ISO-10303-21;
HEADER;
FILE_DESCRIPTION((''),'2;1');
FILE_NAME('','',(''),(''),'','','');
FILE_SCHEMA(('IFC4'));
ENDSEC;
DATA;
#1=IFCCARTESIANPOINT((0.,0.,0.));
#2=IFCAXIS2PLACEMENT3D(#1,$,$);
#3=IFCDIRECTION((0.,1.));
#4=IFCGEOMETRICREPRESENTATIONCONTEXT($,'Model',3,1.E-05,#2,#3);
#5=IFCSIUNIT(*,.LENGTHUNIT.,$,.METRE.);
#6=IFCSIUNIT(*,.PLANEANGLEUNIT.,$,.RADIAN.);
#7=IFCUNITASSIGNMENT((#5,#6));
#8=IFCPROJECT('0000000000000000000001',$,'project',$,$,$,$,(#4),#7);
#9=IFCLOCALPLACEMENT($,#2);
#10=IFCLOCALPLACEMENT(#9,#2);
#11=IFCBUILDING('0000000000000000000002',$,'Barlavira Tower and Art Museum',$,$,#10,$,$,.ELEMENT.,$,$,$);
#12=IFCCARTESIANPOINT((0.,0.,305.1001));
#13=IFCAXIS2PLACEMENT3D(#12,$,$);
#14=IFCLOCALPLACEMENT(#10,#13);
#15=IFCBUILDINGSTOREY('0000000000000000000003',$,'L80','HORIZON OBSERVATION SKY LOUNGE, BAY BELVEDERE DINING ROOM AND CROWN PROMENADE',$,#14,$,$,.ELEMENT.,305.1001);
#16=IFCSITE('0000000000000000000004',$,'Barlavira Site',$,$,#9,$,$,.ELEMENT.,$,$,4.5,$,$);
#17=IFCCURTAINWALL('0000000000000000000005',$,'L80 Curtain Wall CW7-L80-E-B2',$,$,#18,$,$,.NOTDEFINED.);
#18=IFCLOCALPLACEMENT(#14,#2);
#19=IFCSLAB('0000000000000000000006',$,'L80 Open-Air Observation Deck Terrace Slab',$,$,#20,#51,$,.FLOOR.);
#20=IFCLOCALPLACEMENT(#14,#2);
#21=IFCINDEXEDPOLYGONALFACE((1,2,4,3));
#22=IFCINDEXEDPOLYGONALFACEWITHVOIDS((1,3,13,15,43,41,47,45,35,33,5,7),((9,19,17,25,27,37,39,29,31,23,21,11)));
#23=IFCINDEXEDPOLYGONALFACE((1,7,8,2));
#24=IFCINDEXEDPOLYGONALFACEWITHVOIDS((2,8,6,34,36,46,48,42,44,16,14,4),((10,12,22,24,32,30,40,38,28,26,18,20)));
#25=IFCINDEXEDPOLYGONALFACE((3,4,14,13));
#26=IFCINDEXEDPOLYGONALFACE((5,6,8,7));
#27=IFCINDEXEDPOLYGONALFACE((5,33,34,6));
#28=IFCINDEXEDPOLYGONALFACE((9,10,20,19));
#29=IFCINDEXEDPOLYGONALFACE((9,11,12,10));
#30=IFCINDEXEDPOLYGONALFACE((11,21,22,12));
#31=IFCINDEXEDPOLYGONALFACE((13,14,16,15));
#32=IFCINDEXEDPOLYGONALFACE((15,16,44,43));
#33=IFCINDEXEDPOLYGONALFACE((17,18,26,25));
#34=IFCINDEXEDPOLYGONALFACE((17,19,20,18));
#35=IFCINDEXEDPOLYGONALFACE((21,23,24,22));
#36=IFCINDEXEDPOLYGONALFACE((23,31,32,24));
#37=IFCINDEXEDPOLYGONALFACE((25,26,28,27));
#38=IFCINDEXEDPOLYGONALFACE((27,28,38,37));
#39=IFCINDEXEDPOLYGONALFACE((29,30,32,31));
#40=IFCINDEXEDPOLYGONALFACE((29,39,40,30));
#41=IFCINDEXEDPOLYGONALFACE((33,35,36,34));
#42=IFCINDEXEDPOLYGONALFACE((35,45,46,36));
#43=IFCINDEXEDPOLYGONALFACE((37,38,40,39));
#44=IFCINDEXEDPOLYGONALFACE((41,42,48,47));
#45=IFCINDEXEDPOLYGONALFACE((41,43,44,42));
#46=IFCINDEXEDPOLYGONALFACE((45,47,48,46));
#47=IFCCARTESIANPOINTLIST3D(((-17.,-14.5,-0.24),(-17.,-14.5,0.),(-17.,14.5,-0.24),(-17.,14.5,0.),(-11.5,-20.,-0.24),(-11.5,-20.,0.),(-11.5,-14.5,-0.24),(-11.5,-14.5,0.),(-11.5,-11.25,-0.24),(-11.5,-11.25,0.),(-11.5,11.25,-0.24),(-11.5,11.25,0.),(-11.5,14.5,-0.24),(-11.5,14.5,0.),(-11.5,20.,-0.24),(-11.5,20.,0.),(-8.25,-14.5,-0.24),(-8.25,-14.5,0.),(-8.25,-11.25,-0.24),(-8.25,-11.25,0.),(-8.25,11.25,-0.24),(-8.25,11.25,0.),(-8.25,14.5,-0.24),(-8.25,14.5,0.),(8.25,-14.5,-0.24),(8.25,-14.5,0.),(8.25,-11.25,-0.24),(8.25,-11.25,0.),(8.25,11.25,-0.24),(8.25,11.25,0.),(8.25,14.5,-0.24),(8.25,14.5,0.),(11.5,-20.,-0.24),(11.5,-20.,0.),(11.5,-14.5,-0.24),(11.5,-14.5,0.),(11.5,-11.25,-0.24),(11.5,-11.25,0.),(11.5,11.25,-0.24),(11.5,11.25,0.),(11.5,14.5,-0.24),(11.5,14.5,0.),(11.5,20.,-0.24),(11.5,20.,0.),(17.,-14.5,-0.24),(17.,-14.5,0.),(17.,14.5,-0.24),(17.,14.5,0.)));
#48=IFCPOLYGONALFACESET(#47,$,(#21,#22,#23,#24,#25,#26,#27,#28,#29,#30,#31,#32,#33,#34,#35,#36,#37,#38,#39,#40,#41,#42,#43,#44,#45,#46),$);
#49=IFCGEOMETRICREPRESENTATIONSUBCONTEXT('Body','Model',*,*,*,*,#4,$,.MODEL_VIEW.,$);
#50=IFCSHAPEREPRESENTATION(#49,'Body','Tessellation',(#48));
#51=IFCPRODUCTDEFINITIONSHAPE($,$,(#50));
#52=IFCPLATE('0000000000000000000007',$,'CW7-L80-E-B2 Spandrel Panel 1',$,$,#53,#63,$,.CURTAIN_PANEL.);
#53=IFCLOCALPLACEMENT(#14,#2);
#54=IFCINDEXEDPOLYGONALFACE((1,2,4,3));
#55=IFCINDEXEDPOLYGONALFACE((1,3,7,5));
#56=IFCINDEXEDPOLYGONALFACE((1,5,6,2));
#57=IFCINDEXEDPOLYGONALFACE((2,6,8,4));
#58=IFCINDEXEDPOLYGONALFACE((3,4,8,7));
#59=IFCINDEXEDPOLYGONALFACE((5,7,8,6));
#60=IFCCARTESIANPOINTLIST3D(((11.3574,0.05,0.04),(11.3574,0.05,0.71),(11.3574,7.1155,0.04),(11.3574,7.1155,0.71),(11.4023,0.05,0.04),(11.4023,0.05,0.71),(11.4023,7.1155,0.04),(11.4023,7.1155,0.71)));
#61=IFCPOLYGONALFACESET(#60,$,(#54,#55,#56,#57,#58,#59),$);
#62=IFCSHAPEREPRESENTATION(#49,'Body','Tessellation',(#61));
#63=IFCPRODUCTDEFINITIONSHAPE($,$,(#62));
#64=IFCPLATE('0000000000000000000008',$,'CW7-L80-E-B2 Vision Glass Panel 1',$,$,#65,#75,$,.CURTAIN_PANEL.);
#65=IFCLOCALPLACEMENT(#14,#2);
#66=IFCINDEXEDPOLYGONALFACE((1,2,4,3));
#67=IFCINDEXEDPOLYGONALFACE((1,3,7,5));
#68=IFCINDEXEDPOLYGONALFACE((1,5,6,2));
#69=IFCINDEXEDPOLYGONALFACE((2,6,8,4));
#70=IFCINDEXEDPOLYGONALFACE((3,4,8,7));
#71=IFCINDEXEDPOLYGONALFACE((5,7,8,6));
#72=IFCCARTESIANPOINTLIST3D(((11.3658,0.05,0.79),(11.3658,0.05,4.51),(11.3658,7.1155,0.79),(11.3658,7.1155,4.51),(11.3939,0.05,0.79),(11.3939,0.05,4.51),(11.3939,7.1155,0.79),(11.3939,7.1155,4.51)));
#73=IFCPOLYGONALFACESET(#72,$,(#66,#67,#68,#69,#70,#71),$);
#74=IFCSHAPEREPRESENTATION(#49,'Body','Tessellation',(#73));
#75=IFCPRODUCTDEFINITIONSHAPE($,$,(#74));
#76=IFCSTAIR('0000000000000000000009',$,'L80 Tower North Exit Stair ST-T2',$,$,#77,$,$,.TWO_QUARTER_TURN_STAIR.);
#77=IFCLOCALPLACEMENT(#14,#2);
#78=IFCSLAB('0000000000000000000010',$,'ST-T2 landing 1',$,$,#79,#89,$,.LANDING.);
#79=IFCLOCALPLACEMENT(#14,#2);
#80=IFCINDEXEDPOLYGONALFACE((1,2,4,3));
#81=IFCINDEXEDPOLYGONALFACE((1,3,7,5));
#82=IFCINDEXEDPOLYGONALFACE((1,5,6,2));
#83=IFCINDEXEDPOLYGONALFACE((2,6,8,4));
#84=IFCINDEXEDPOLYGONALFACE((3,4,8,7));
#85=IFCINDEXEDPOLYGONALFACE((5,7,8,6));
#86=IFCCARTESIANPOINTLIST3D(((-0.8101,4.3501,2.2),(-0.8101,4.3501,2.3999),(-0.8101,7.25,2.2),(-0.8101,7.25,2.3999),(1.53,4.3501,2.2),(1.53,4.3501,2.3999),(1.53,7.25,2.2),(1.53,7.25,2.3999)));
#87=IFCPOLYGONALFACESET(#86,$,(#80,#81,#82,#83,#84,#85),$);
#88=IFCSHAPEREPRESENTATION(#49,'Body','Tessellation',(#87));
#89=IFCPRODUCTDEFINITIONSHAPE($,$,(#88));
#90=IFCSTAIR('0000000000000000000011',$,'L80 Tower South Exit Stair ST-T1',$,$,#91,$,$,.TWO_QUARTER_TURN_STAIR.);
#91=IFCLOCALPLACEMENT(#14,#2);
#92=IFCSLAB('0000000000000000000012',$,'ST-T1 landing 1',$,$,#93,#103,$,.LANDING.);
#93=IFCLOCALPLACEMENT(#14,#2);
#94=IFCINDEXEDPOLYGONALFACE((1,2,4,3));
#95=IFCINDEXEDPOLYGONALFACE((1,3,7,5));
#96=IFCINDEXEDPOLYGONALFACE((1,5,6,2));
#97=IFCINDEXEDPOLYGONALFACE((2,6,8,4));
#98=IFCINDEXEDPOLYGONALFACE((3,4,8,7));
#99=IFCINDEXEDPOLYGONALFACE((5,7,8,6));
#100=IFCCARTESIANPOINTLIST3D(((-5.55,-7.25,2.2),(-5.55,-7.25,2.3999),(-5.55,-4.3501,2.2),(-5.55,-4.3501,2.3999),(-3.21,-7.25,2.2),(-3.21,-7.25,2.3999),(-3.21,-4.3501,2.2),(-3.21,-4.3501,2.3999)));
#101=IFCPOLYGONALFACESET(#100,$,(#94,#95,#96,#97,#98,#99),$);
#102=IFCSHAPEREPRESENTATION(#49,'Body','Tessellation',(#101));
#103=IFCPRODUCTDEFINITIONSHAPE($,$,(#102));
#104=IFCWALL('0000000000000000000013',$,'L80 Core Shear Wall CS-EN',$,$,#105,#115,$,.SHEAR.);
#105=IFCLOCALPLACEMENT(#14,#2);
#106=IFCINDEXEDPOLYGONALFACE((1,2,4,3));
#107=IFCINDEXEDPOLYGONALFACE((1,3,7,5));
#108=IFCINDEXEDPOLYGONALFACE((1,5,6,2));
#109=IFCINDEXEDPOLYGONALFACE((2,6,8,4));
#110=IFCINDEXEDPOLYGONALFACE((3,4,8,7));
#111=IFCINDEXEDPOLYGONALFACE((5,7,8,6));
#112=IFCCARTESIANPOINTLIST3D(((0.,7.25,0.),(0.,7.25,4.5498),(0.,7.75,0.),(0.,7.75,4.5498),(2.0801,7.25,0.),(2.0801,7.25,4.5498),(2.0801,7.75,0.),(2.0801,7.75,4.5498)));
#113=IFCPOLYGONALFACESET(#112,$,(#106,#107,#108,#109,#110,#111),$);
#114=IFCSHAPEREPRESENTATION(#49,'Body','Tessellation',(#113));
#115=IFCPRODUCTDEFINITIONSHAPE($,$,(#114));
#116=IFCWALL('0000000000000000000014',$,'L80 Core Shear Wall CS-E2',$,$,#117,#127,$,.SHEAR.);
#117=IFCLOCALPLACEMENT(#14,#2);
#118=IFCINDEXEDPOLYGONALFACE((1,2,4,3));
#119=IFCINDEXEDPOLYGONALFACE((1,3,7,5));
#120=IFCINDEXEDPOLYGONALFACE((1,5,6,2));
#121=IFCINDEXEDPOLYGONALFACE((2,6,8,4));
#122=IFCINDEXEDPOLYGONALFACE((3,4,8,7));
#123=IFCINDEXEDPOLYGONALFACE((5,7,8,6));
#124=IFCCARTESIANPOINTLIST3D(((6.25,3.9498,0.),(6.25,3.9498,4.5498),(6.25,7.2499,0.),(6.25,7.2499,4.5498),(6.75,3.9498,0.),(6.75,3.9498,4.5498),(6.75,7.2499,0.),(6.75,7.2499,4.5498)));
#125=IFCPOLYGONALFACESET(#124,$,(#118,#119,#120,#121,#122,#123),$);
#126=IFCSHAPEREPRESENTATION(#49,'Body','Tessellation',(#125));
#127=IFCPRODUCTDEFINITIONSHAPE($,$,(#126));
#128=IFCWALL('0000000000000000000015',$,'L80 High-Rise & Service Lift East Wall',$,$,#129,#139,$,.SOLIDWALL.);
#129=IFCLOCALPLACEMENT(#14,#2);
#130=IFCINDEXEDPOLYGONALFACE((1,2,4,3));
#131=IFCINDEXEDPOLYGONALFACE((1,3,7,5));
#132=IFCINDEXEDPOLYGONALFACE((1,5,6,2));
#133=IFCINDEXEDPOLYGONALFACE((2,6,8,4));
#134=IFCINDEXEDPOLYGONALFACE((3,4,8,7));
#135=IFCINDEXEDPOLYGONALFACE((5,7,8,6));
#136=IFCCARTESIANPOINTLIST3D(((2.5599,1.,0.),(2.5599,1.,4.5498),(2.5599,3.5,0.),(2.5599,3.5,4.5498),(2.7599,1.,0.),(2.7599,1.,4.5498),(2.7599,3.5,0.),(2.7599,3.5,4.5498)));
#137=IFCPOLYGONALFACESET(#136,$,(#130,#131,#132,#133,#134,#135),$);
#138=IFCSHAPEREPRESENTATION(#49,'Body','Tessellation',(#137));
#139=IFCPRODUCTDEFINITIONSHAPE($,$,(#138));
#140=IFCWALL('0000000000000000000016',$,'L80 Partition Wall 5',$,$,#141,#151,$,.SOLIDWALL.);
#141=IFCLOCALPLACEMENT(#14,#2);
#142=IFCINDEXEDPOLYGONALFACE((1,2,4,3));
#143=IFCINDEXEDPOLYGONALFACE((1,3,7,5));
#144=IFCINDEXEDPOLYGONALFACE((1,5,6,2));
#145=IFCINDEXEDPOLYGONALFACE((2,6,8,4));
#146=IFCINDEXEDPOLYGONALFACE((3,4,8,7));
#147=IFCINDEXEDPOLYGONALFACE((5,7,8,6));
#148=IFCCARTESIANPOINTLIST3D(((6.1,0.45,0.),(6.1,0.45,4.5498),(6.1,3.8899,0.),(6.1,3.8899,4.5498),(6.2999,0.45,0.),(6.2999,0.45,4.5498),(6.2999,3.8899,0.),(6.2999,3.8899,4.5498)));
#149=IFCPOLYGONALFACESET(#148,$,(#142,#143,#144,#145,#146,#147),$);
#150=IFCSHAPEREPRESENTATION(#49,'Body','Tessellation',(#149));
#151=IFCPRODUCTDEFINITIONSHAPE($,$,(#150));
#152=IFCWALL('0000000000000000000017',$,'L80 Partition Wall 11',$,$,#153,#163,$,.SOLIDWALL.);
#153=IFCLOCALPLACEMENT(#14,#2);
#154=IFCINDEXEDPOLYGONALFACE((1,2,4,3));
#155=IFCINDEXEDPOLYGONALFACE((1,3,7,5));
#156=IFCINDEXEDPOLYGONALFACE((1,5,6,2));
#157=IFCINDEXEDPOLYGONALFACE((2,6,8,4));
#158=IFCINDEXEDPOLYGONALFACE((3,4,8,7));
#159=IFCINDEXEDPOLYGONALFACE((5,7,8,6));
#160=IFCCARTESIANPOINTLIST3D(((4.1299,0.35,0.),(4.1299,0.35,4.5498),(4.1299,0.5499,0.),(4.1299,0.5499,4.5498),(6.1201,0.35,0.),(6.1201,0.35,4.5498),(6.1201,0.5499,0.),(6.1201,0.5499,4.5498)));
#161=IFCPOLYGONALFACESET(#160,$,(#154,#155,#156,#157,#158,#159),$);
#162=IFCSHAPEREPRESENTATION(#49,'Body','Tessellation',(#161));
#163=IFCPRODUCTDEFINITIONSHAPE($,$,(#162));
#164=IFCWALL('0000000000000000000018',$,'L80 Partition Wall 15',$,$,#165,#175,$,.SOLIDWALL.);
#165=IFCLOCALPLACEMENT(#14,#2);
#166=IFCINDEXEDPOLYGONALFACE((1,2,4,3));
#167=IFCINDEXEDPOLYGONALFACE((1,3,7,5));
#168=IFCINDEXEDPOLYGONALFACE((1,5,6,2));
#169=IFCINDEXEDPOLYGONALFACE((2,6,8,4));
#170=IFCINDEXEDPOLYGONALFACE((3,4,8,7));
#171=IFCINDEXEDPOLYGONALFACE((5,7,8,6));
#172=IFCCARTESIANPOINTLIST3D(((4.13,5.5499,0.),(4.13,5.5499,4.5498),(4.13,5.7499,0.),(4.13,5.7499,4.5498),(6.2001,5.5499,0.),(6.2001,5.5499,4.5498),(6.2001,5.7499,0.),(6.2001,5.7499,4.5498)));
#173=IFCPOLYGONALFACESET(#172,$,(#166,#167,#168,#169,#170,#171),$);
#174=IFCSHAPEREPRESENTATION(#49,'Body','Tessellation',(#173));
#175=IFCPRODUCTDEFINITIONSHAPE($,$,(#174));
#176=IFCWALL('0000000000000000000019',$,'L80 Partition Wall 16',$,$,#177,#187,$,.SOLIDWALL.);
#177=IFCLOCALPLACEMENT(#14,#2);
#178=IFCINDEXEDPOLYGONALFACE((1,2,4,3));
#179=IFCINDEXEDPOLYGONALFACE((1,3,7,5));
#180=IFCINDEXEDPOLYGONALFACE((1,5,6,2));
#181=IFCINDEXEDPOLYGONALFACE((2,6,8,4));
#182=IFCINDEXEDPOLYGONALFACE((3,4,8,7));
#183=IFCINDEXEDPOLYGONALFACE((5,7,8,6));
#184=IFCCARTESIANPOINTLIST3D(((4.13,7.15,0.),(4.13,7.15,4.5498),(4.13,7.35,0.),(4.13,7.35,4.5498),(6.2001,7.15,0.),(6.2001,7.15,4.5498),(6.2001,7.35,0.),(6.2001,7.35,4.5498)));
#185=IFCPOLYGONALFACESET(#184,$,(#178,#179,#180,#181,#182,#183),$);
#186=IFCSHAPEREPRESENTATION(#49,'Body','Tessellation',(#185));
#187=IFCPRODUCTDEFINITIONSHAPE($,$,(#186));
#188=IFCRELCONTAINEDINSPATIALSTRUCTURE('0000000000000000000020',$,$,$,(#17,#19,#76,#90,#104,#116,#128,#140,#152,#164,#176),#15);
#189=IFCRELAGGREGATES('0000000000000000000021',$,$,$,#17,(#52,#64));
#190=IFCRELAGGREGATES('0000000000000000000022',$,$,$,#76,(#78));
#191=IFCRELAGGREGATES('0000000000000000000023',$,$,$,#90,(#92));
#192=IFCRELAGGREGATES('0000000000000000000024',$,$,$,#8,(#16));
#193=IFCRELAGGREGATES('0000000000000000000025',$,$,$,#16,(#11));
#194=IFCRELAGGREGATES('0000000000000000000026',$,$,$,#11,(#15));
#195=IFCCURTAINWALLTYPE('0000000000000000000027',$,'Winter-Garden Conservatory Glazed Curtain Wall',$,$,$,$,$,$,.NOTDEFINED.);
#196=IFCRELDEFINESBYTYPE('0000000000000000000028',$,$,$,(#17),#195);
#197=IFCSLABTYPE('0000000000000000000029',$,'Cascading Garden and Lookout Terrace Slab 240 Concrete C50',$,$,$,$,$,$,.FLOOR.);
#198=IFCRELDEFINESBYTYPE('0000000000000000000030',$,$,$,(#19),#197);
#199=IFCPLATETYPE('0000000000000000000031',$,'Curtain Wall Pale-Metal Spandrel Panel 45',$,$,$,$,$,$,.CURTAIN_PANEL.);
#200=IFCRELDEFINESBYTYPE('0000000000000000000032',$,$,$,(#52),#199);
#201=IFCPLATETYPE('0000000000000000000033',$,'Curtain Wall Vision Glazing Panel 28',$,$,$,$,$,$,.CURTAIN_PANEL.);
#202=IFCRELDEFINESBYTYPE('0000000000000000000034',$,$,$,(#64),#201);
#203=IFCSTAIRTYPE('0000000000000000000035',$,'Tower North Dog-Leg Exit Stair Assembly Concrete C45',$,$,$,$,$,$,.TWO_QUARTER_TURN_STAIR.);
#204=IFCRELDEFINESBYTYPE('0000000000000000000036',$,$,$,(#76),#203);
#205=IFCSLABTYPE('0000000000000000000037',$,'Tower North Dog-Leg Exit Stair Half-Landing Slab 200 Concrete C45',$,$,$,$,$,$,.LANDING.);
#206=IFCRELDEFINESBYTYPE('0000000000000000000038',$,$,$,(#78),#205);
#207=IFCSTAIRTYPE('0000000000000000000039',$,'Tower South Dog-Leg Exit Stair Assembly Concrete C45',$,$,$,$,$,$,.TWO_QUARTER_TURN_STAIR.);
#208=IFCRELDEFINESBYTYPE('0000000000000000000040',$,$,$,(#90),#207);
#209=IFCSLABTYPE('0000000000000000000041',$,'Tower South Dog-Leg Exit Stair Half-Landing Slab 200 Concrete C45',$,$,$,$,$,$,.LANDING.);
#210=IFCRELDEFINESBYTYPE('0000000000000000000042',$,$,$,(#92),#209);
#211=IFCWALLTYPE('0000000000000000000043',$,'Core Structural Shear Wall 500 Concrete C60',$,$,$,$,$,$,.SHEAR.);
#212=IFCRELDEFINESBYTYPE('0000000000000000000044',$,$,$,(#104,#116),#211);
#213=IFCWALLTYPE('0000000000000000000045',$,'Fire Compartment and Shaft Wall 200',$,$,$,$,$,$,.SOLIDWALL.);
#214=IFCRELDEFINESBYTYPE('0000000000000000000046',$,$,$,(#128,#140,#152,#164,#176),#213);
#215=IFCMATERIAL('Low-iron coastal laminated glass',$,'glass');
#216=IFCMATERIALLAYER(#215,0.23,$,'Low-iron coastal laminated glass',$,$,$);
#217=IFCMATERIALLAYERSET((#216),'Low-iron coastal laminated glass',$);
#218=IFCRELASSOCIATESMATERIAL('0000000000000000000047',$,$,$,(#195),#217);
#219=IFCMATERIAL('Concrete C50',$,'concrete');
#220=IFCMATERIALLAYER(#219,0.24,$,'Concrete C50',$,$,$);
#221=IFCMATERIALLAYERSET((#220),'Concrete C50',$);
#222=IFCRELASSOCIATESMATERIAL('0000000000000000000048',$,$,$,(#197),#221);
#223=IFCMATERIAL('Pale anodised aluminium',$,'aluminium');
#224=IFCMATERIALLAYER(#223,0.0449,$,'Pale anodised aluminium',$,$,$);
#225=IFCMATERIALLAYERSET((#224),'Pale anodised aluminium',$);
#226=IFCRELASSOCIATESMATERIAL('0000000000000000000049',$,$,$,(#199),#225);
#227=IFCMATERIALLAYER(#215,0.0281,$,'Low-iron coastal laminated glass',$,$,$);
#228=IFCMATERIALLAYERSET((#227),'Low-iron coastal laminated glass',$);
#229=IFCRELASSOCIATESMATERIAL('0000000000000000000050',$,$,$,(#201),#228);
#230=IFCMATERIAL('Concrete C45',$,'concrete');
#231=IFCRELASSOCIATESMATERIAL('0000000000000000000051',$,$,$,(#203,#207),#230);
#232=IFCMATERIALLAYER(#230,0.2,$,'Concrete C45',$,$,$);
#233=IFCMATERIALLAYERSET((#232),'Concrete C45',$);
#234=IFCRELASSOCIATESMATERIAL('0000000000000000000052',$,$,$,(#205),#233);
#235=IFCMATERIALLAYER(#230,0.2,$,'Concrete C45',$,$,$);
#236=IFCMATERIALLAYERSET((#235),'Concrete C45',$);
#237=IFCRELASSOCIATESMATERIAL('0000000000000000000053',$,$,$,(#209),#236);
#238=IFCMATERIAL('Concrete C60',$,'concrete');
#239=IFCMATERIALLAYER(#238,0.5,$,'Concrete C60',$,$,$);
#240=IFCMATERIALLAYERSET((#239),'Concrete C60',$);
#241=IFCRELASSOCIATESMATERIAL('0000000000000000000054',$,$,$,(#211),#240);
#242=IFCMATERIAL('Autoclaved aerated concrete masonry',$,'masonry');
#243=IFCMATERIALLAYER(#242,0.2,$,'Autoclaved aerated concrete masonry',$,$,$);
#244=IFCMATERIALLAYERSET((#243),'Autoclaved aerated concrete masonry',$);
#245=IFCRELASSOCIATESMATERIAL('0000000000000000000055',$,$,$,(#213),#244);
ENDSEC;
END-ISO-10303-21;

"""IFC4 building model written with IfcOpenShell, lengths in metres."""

from ifc_helpers import new_model, si_unit, direction, frame, frame_2d, origin, origin_2d, place, context, subcontext, project, spatial, polyline, rectangle, outline, extrude, material, layer, layer_set, type_object, element, aggregate, save


model = new_model("IFC4")

# Units and contexts
model_context = context("Model", 3, precision=1e-05, world=origin(), true_north=direction((0.0, 1.0)))
body_context = subcontext(model_context, "Body", "Model", "MODEL_VIEW")
ifc_project = project(units=[si_unit("LENGTHUNIT", "METRE"), si_unit("PLANEANGLEUNIT", "RADIAN")], contexts=[model_context])

# Site, building, storey
site_placement = place(None, origin())
site = spatial("IfcSite", under=ifc_project, at=site_placement, Name="Barlavira Site", CompositionType="ELEMENT", RefElevation=4.5)
building_placement = place(site_placement, origin())
building = spatial("IfcBuilding", under=site, at=building_placement, Name="Barlavira Tower and Art Museum", CompositionType="ELEMENT")
storey_placement = place(building_placement, frame((0.0, 0.0, 305.1001)))
storey = spatial("IfcBuildingStorey", under=building, at=storey_placement, Name="L80", Description="HORIZON OBSERVATION SKY LOUNGE, BAY BELVEDERE DINING ROOM AND CROWN PROMENADE", CompositionType="ELEMENT", Elevation=305.1001)

# Curtain wall
ifc_material_1 = material(Name="Low-iron coastal laminated glass", Category="glass")
ifc_layer_1 = layer(ifc_material_1, 0.23, Name="Low-iron coastal laminated glass")
ifc_layer_set_1 = layer_set([ifc_layer_1], Name="Low-iron coastal laminated glass")
curtain_wall_type = type_object("IfcCurtainWallType", Name="Winter-Garden Conservatory Glazed Curtain Wall", PredefinedType="NOTDEFINED", material=ifc_layer_set_1)
curtain_wall_placement = place(storey_placement, origin())
curtain_wall = element("IfcCurtainWall", 1, at=curtain_wall_placement, inside=storey, type_object=curtain_wall_type, Name="L80 Curtain Wall CW7-L80-E-B2", PredefinedType="NOTDEFINED")
ifc_material_2 = material(Name="Pale anodised aluminium", Category="aluminium")

# Slab
ifc_material_3 = material(Name="Concrete C50", Category="concrete")
ifc_layer_2 = layer(ifc_material_3, 0.24, Name="Concrete C50")
ifc_layer_set_2 = layer_set([ifc_layer_2], Name="Concrete C50")
slab_type_1 = type_object("IfcSlabType", Name="Cascading Garden and Lookout Terrace Slab 240 Concrete C50", PredefinedType="FLOOR", material=ifc_layer_set_2)
slab_1_placement = place(storey_placement, frame((0.0, 0.0, -0.24)))
element("IfcSlab", 2, at=slab_1_placement, inside=storey, type_object=slab_type_1, Name="L80 Open-Air Observation Deck Terrace Slab", PredefinedType="FLOOR", context=body_context, shape_type="SweptSolid", body=[
    extrude(outline(polyline([(-11.5, -20.0), (11.5, -20.0), (11.5, -14.5), (17.0, -14.5), (17.0, 14.5), (11.5, 14.5), (11.5, 20.0), (-11.5, 20.0), (-11.5, 14.5), (-17.0, 14.5), (-17.0, -14.5), (-11.5, -14.5), (-11.5, -20.0)]), holes=[polyline([(-8.25, -14.5), (8.25, -14.5), (8.25, -11.25), (11.5, -11.25), (11.5, 11.25), (8.25, 11.25), (8.25, 14.5), (-8.25, 14.5), (-8.25, 11.25), (-11.5, 11.25), (-11.5, -11.25), (-8.25, -11.25), (-8.25, -14.5)])]), origin(), (0.0, 0.0, 1.0), 0.24),
])

# Plates
ifc_layer_3 = layer(ifc_material_2, 0.0449, Name="Pale anodised aluminium")
ifc_layer_set_3 = layer_set([ifc_layer_3], Name="Pale anodised aluminium")
plate_type_1 = type_object("IfcPlateType", Name="Curtain Wall Pale-Metal Spandrel Panel 45", PredefinedType="CURTAIN_PANEL", material=ifc_layer_set_3)
plate_1_placement = place(storey_placement, frame((11.3799, 3.5828, 0.04), z_axis=(0.0, 0.0, 1.0), x_axis=(0.0, 1.0, 0.0)))
plate_1 = element("IfcPlate", 3, at=plate_1_placement, type_object=plate_type_1, Name="CW7-L80-E-B2 Spandrel Panel 1", PredefinedType="CURTAIN_PANEL", context=body_context, shape_type="SweptSolid", body=[
    extrude(rectangle(XDim=7.0654, YDim=0.0449, at=origin_2d()), origin(), (0.0, 0.0, 1.0), 0.6699),
])
ifc_layer_4 = layer(ifc_material_1, 0.0281, Name="Low-iron coastal laminated glass")
ifc_layer_set_4 = layer_set([ifc_layer_4], Name="Low-iron coastal laminated glass")
plate_type_2 = type_object("IfcPlateType", Name="Curtain Wall Vision Glazing Panel 28", PredefinedType="CURTAIN_PANEL", material=ifc_layer_set_4)
plate_2_placement = place(storey_placement, frame((11.3799, 3.5828, 0.79), z_axis=(0.0, 0.0, 1.0), x_axis=(0.0, 1.0, 0.0)))
plate_2 = element("IfcPlate", 4, at=plate_2_placement, type_object=plate_type_2, Name="CW7-L80-E-B2 Vision Glass Panel 1", PredefinedType="CURTAIN_PANEL", context=body_context, shape_type="SweptSolid", body=[
    extrude(rectangle(XDim=7.0654, YDim=0.0281, at=origin_2d()), origin(), (0.0, 0.0, 1.0), 3.72),
])
aggregate(curtain_wall, [plate_1, plate_2])

# Stairs, slabs
ifc_material_4 = material(Name="Concrete C45", Category="concrete")
stair_type_1 = type_object("IfcStairType", Name="Tower North Dog-Leg Exit Stair Assembly Concrete C45", PredefinedType="TWO_QUARTER_TURN_STAIR", material=ifc_material_4)
stair_1_placement = place(storey_placement, origin())
stair_1 = element("IfcStair", 5, at=stair_1_placement, inside=storey, type_object=stair_type_1, Name="L80 Tower North Exit Stair ST-T2", PredefinedType="TWO_QUARTER_TURN_STAIR")
ifc_layer_5 = layer(ifc_material_4, 0.2, Name="Concrete C45")
ifc_layer_set_5 = layer_set([ifc_layer_5], Name="Concrete C45")
slab_type_2 = type_object("IfcSlabType", Name="Tower North Dog-Leg Exit Stair Half-Landing Slab 200 Concrete C45", PredefinedType="LANDING", material=ifc_layer_set_5)
slab_2_placement = place(storey_placement, frame((0.0, 0.0, 2.2)))
slab_2 = element("IfcSlab", 6, at=slab_2_placement, type_object=slab_type_2, Name="ST-T2 landing 1", PredefinedType="LANDING", context=body_context, shape_type="SweptSolid", body=[
    extrude(outline(polyline([(-0.8101, 4.3501), (1.53, 4.3501), (1.53, 7.25), (-0.8101, 7.25), (-0.8101, 4.3501)])), origin(), (0.0, 0.0, 1.0), 0.2),
])
aggregate(stair_1, [slab_2])
stair_type_2 = type_object("IfcStairType", Name="Tower South Dog-Leg Exit Stair Assembly Concrete C45", PredefinedType="TWO_QUARTER_TURN_STAIR", material=ifc_material_4)
stair_2_placement = place(storey_placement, origin())
stair_2 = element("IfcStair", 7, at=stair_2_placement, inside=storey, type_object=stair_type_2, Name="L80 Tower South Exit Stair ST-T1", PredefinedType="TWO_QUARTER_TURN_STAIR")
ifc_layer_6 = layer(ifc_material_4, 0.2, Name="Concrete C45")
ifc_layer_set_6 = layer_set([ifc_layer_6], Name="Concrete C45")
slab_type_3 = type_object("IfcSlabType", Name="Tower South Dog-Leg Exit Stair Half-Landing Slab 200 Concrete C45", PredefinedType="LANDING", material=ifc_layer_set_6)
slab_3_placement = place(storey_placement, frame((0.0, 0.0, 2.2)))
slab_3 = element("IfcSlab", 8, at=slab_3_placement, type_object=slab_type_3, Name="ST-T1 landing 1", PredefinedType="LANDING", context=body_context, shape_type="SweptSolid", body=[
    extrude(outline(polyline([(-3.21, -4.3501), (-5.55, -4.3501), (-5.55, -7.25), (-3.21, -7.25), (-3.21, -4.3501)])), origin(), (0.0, 0.0, 1.0), 0.2),
])
aggregate(stair_2, [slab_3])

# Walls
ifc_material_5 = material(Name="Concrete C60", Category="concrete")
ifc_layer_7 = layer(ifc_material_5, 0.5, Name="Concrete C60")
ifc_layer_set_7 = layer_set([ifc_layer_7], Name="Concrete C60")
wall_type_1 = type_object("IfcWallType", Name="Core Structural Shear Wall 500 Concrete C60", PredefinedType="SHEAR", material=ifc_layer_set_7)
wall_1_placement = place(storey_placement, frame((0.0, 7.5, 0.0), z_axis=(0.0, 0.0, 1.0), x_axis=(1.0, 0.0, 0.0)))
element("IfcWall", 9, at=wall_1_placement, inside=storey, type_object=wall_type_1, Name="L80 Core Shear Wall CS-EN", PredefinedType="SHEAR", context=body_context, shape_type="SweptSolid", body=[
    extrude(rectangle(XDim=2.0801, YDim=0.5, at=frame_2d((1.04, 0.0))), origin(), (0.0, 0.0, 1.0), 4.5498),
])
wall_2_placement = place(storey_placement, frame((6.5, 3.95, 0.0), z_axis=(0.0, 0.0, 1.0), x_axis=(0.0, 1.0, 0.0)))
element("IfcWall", 10, at=wall_2_placement, inside=storey, type_object=wall_type_1, Name="L80 Core Shear Wall CS-E2", PredefinedType="SHEAR", context=body_context, shape_type="SweptSolid", body=[
    extrude(rectangle(XDim=3.3, YDim=0.5, at=frame_2d((1.6499, 0.0))), origin(), (0.0, 0.0, 1.0), 4.5498),
])
ifc_material_6 = material(Name="Autoclaved aerated concrete masonry", Category="masonry")
ifc_layer_8 = layer(ifc_material_6, 0.2, Name="Autoclaved aerated concrete masonry")
ifc_layer_set_8 = layer_set([ifc_layer_8], Name="Autoclaved aerated concrete masonry")
wall_type_2 = type_object("IfcWallType", Name="Fire Compartment and Shaft Wall 200", PredefinedType="SOLIDWALL", material=ifc_layer_set_8)
wall_3_placement = place(storey_placement, frame((2.6599, 1.0, 0.0), z_axis=(0.0, 0.0, 1.0), x_axis=(0.0, 1.0, 0.0)))
element("IfcWall", 11, at=wall_3_placement, inside=storey, type_object=wall_type_2, Name="L80 High-Rise & Service Lift East Wall", PredefinedType="SOLIDWALL", context=body_context, shape_type="SweptSolid", body=[
    extrude(rectangle(XDim=2.5, YDim=0.2, at=frame_2d((1.25, 0.0))), origin(), (0.0, 0.0, 1.0), 4.5498),
])

# Walls
wall_4_placement = place(storey_placement, frame((6.2, 0.45, 0.0), z_axis=(0.0, 0.0, 1.0), x_axis=(0.0, 1.0, 0.0)))
element("IfcWall", 12, at=wall_4_placement, inside=storey, type_object=wall_type_2, Name="L80 Partition Wall 5", PredefinedType="SOLIDWALL", context=body_context, shape_type="SweptSolid", body=[
    extrude(rectangle(XDim=3.4399, YDim=0.2, at=frame_2d((1.72, 0.0))), origin(), (0.0, 0.0, 1.0), 4.5498),
])
wall_5_placement = place(storey_placement, frame((4.1299, 0.45, 0.0), z_axis=(0.0, 0.0, 1.0), x_axis=(1.0, 0.0, 0.0)))
element("IfcWall", 13, at=wall_5_placement, inside=storey, type_object=wall_type_2, Name="L80 Partition Wall 11", PredefinedType="SOLIDWALL", context=body_context, shape_type="SweptSolid", body=[
    extrude(rectangle(XDim=1.9902, YDim=0.2, at=frame_2d((0.9951, 0.0))), origin(), (0.0, 0.0, 1.0), 4.5498),
])
for number, where, z_axis, x_axis, name in (
    (14, (4.1299, 5.6499, 0.0), (0.0, 0.0, 1.0), (1.0, 0.0, 0.0), "L80 Partition Wall 15"),
    (15, (4.1299, 7.25, 0.0), (0.0, 0.0, 1.0), (1.0, 0.0, 0.0), "L80 Partition Wall 16"),
):
    element("IfcWall", number, at=place(storey_placement, frame(where, z_axis=z_axis, x_axis=x_axis)), inside=storey, type_object=wall_type_2, Name=name, PredefinedType="SOLIDWALL", context=body_context, shape_type="SweptSolid", body=[
        extrude(rectangle(XDim=2.0701, YDim=0.2, at=frame_2d((1.0352, 0.0))), origin(), (0.0, 0.0, 1.0), 4.5498),
    ])

save(model, "model.ifc")
